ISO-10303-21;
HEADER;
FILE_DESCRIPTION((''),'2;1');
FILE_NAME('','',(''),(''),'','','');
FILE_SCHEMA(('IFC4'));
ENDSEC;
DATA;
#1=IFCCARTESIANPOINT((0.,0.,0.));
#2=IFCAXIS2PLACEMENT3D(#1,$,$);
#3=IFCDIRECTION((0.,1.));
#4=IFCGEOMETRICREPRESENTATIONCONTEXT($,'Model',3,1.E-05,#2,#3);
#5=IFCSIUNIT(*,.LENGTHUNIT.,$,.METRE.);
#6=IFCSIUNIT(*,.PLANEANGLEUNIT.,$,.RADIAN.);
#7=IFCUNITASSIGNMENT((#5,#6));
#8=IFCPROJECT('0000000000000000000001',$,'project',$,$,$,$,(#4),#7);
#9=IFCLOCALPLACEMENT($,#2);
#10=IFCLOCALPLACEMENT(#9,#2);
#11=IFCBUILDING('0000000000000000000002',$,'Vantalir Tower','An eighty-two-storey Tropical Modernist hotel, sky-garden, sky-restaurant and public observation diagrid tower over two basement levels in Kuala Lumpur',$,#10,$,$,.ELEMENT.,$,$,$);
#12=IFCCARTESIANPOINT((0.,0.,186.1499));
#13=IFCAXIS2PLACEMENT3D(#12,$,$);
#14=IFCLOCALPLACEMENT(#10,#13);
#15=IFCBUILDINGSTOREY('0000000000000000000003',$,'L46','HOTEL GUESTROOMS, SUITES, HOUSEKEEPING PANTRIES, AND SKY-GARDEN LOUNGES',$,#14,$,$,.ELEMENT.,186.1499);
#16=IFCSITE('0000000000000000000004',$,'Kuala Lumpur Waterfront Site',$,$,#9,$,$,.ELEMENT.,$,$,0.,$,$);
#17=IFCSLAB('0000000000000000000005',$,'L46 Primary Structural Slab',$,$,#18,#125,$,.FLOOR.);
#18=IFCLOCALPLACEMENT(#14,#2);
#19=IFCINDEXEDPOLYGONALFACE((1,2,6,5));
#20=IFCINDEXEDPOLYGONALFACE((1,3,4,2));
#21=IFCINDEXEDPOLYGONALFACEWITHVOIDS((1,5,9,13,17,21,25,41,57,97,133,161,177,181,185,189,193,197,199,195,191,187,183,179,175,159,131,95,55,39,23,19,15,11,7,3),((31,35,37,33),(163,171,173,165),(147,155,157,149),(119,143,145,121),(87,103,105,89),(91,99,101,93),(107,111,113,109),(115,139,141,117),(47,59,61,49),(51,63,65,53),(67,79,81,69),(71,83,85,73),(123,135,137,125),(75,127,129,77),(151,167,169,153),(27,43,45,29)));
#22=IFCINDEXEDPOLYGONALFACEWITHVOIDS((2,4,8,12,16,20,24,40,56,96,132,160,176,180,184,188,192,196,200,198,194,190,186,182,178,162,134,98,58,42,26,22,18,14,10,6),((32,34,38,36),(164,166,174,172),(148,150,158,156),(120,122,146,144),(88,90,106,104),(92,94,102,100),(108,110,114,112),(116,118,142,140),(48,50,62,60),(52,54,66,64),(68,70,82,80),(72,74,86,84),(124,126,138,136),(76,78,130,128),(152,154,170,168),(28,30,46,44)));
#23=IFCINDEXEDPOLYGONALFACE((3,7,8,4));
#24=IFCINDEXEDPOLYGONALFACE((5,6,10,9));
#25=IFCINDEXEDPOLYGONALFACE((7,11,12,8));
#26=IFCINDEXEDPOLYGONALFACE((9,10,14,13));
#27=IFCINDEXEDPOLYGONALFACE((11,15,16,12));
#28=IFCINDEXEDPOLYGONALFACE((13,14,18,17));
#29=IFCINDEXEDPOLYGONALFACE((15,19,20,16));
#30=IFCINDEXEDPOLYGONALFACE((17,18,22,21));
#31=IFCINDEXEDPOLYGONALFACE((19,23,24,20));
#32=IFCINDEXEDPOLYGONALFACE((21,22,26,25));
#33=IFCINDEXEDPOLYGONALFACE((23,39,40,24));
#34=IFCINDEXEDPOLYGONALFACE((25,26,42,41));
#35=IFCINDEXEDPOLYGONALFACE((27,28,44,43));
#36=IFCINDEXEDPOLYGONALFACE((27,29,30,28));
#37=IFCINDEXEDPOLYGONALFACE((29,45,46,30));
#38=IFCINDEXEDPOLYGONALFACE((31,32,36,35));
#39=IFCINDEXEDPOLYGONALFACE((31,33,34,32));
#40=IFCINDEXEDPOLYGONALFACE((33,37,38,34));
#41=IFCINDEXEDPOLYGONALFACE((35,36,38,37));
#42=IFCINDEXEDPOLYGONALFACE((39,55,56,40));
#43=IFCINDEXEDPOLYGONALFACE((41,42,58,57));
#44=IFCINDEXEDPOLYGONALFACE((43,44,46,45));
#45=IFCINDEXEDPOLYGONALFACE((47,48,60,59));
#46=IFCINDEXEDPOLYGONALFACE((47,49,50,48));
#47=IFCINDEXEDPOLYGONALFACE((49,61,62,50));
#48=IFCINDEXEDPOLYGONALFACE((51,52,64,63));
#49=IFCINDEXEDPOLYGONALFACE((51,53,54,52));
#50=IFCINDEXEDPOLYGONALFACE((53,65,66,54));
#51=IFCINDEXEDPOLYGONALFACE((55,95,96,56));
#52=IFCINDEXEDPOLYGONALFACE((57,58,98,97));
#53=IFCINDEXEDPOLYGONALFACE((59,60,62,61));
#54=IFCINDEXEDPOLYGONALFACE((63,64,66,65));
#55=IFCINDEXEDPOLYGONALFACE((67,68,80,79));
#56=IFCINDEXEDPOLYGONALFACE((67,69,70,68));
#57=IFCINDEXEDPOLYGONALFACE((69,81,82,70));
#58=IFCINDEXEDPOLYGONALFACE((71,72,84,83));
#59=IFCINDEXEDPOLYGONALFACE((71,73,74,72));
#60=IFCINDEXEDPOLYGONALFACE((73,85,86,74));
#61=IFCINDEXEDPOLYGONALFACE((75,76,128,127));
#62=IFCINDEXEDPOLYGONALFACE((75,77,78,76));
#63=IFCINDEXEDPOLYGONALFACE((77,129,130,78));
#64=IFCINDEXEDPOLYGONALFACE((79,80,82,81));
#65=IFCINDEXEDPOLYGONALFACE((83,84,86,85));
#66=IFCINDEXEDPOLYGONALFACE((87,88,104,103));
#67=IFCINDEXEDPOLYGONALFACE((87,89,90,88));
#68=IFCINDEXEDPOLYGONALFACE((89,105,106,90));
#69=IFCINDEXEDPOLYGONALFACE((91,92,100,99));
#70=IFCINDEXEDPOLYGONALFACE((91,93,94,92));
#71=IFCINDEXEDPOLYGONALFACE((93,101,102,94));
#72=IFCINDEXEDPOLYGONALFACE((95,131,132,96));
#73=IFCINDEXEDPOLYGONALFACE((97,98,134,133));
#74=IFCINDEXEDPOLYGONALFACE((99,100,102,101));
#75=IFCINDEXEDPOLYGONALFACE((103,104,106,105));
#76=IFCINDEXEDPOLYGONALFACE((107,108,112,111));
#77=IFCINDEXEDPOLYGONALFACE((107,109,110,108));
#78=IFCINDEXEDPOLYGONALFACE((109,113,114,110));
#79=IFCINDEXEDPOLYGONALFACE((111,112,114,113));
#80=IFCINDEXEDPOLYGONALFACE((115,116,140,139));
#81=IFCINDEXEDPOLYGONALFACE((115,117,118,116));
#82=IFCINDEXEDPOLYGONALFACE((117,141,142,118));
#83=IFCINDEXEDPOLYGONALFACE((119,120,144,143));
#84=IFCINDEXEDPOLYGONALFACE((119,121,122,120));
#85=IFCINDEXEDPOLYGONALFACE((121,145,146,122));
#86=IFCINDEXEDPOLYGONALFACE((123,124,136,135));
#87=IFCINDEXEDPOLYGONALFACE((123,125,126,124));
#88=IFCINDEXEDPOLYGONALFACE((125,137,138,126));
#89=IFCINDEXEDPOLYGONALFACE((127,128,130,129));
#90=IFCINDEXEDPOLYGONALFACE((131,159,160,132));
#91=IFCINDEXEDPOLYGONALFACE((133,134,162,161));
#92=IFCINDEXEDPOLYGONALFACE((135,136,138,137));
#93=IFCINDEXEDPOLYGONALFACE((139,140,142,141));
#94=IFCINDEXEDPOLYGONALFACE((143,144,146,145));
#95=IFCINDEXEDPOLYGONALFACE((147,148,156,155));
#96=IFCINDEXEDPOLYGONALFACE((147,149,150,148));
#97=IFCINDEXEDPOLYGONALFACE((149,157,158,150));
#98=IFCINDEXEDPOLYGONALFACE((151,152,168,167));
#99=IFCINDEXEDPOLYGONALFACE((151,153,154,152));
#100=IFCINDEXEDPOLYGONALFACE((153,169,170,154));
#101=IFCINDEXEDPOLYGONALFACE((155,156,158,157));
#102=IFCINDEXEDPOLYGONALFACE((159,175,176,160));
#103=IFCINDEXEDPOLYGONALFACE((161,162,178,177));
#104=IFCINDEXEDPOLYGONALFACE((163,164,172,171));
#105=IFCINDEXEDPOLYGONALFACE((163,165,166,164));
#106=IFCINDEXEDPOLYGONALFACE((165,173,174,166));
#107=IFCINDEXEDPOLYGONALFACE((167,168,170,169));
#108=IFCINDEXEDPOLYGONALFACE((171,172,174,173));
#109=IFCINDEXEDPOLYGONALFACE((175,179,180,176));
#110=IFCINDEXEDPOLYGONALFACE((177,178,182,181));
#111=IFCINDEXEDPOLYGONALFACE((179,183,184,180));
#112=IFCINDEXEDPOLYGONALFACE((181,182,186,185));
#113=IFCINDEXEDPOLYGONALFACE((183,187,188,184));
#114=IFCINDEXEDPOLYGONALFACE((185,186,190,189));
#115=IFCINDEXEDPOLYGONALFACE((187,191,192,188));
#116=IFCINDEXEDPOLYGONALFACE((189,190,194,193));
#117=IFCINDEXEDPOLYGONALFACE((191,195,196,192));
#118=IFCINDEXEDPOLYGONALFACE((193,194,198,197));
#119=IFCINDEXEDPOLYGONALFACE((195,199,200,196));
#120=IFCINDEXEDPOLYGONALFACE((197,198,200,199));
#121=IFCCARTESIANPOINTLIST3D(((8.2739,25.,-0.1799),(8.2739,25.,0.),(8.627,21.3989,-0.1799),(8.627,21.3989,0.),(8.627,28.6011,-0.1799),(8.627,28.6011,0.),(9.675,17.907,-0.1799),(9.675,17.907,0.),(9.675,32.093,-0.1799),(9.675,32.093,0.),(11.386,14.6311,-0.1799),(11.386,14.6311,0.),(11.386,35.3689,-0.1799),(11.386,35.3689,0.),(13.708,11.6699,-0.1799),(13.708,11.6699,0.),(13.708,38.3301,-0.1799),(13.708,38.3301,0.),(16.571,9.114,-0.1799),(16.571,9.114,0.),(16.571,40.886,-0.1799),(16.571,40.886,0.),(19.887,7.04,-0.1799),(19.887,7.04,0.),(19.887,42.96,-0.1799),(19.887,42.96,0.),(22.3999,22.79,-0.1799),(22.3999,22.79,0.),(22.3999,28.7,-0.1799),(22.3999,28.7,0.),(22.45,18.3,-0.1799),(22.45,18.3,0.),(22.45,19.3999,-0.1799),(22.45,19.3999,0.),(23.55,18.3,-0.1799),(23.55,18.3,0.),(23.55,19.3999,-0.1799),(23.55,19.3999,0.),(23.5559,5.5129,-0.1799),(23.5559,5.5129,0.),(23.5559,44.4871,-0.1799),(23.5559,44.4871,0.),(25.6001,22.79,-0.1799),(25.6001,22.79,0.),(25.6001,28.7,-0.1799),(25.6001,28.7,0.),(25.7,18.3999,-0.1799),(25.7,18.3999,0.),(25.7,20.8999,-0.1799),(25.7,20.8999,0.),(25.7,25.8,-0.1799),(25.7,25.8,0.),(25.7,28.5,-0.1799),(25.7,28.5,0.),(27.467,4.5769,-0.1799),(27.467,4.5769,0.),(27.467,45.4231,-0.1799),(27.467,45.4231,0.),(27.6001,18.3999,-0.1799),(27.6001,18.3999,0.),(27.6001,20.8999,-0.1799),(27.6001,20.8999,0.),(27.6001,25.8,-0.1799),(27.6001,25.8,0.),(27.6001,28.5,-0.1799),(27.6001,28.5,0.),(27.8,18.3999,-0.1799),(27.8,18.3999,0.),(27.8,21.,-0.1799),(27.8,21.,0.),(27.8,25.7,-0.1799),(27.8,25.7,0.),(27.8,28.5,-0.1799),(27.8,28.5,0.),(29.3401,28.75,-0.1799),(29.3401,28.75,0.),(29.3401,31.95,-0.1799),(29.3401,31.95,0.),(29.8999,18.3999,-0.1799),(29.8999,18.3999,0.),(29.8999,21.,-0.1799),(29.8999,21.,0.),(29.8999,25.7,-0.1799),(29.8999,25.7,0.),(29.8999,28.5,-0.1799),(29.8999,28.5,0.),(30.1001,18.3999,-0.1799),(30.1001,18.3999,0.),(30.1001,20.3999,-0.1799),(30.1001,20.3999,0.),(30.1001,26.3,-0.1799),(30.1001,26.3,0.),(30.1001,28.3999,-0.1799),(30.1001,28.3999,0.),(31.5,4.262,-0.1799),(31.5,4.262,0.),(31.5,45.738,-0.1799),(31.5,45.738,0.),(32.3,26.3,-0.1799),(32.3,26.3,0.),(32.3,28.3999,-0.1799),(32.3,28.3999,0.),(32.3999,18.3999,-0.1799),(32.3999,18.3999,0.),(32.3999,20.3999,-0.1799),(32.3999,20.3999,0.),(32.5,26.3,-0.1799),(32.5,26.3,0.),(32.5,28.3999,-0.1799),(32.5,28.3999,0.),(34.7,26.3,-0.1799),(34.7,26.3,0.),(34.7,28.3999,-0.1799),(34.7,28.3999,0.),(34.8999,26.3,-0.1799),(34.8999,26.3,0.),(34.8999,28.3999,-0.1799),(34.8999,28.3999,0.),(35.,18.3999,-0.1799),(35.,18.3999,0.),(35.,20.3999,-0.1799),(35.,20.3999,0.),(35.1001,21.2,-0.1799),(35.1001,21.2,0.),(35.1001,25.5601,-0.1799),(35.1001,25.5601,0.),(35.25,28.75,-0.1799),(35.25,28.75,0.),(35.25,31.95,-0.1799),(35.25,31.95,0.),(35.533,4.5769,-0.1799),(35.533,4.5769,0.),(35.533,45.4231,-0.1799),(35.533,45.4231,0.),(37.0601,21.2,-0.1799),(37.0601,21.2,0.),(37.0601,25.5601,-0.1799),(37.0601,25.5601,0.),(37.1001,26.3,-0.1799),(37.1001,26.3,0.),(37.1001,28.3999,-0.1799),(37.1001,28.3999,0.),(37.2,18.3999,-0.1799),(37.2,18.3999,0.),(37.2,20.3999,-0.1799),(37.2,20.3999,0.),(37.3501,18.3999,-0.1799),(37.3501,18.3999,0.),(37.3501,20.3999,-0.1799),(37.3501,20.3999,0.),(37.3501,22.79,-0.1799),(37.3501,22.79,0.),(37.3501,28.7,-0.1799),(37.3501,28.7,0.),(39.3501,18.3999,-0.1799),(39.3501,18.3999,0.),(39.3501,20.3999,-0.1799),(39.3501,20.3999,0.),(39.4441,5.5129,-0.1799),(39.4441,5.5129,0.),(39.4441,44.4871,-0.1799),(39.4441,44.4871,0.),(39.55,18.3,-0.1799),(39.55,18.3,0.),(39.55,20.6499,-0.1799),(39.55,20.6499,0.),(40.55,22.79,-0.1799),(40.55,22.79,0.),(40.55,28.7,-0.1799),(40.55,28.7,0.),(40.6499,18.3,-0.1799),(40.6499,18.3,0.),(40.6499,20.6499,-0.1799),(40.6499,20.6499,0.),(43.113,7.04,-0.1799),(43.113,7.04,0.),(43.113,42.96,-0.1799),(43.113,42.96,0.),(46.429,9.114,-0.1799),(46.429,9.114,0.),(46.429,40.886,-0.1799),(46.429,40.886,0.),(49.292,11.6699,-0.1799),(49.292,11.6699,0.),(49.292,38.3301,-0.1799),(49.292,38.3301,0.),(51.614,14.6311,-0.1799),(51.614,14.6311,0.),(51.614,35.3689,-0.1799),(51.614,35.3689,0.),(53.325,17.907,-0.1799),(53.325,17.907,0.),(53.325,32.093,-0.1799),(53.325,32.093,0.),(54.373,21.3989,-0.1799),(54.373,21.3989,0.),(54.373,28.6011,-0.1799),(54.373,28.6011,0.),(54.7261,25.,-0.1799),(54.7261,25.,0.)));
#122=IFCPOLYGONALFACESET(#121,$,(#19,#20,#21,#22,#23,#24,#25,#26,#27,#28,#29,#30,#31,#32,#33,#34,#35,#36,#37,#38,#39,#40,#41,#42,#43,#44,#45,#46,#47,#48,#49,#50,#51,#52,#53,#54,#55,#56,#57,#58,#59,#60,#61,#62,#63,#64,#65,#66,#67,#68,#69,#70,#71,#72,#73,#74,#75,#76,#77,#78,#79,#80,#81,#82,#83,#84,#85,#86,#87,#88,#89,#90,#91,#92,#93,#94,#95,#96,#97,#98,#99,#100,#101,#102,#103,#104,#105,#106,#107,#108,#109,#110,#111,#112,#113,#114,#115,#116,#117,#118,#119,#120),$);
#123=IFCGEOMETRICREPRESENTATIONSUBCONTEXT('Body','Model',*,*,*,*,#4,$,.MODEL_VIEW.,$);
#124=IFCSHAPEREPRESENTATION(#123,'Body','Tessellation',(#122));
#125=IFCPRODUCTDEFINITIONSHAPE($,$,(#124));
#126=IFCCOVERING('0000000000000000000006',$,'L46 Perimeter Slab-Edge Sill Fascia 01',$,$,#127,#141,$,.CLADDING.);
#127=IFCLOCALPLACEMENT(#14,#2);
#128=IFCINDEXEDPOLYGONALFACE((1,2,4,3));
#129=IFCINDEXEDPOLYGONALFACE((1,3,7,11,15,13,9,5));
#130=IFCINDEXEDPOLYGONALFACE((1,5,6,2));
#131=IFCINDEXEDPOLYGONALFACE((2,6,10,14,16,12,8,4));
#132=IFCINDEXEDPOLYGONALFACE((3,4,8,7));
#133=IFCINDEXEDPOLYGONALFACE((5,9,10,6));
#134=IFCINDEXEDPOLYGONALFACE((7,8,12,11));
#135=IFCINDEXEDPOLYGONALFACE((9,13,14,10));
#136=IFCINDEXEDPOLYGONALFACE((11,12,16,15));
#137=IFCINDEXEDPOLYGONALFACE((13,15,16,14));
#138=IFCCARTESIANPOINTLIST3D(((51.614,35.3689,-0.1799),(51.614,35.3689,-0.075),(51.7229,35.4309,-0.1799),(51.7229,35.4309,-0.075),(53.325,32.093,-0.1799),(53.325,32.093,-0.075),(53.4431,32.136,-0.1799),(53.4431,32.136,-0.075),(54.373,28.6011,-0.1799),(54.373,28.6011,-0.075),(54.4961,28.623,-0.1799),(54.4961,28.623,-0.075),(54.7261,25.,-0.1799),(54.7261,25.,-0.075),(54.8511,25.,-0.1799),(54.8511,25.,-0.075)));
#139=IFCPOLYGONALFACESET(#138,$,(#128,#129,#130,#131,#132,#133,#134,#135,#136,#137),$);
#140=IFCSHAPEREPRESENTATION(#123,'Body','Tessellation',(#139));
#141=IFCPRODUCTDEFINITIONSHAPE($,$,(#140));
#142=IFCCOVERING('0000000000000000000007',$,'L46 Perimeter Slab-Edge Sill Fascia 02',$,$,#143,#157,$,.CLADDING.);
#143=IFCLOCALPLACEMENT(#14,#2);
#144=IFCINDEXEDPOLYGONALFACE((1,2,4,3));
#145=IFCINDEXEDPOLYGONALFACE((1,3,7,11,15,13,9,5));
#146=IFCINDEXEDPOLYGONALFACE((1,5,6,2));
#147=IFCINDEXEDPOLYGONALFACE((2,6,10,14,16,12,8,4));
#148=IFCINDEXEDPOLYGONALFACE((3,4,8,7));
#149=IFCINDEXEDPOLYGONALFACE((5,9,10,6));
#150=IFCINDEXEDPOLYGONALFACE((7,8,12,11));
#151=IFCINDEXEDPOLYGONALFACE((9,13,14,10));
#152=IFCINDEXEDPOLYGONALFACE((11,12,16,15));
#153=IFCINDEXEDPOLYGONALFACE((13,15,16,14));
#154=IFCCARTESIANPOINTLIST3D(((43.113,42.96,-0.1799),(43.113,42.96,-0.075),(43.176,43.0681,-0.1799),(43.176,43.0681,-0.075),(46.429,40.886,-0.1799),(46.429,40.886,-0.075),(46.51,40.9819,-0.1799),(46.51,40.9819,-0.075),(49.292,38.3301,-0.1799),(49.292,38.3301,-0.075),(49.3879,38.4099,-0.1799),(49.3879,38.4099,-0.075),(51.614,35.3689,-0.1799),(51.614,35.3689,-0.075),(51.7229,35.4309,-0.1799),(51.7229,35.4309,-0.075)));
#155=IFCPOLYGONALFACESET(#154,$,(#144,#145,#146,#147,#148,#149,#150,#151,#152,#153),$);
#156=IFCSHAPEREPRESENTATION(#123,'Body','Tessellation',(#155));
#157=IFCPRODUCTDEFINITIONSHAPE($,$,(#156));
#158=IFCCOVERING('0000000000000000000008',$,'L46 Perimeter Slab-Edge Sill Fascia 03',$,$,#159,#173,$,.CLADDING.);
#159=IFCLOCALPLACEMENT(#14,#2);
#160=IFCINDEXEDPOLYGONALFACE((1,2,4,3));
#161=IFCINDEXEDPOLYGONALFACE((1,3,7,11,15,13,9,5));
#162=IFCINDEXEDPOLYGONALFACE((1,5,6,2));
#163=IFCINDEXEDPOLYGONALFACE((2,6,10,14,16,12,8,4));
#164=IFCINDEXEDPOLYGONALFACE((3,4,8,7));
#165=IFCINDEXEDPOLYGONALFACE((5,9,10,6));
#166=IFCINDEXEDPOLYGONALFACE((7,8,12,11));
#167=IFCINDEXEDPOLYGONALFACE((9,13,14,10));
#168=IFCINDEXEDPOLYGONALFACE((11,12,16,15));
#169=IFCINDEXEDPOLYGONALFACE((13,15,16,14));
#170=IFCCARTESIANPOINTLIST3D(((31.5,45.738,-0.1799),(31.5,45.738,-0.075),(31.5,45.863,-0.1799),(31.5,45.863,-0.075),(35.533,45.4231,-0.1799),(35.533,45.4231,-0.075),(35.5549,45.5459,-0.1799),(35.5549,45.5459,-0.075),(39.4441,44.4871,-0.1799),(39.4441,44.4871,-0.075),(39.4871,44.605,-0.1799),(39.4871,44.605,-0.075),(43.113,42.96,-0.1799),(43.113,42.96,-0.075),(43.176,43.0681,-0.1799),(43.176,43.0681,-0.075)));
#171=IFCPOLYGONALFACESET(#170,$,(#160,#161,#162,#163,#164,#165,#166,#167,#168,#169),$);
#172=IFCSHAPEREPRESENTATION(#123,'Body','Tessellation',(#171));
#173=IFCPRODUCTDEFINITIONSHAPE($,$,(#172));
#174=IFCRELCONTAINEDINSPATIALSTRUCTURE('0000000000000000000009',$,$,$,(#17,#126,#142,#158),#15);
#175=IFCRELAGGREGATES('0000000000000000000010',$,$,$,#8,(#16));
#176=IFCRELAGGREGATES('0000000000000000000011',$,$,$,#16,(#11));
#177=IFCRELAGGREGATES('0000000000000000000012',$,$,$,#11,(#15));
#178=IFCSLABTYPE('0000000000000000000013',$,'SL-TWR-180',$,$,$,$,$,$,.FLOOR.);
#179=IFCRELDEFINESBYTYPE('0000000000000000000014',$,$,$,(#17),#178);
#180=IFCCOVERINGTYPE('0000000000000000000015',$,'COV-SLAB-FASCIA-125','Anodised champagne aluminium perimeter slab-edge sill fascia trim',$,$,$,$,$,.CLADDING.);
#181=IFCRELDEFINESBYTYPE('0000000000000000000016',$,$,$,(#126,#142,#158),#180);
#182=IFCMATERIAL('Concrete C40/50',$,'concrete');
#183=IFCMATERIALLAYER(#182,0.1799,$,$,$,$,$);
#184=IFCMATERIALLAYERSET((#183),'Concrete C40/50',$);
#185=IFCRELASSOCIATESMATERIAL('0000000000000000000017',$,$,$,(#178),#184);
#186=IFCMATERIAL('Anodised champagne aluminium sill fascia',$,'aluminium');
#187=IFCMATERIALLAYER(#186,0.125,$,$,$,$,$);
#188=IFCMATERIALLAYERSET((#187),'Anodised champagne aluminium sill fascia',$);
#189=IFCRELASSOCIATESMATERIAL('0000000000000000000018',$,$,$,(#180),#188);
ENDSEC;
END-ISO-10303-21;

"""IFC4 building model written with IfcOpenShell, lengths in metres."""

from ifc_helpers import new_model, si_unit, direction, frame, origin, place, context, subcontext, project, spatial, polyline, outline, extrude, material, layer, layer_set, type_object, element, save


model = new_model("IFC4")

# Units and contexts
model_context = context("Model", 3, precision=1e-05, world=origin(), true_north=direction((0.0, 1.0)))
body_context = subcontext(model_context, "Body", "Model", "MODEL_VIEW")
ifc_project = project(units=[si_unit("LENGTHUNIT", "METRE"), si_unit("PLANEANGLEUNIT", "RADIAN")], contexts=[model_context])

# Site, building, storey
site_placement = place(None, origin())
site = spatial("IfcSite", under=ifc_project, at=site_placement, Name="Kuala Lumpur Waterfront Site", CompositionType="ELEMENT", RefElevation=0.0)
building_placement = place(site_placement, origin())
building = spatial("IfcBuilding", under=site, at=building_placement, Name="Vantalir Tower", Description="An eighty-two-storey Tropical Modernist hotel, sky-garden, sky-restaurant and public observation diagrid tower over two basement levels in Kuala Lumpur", CompositionType="ELEMENT")
storey_placement = place(building_placement, frame((0.0, 0.0, 186.1499)))
storey = spatial("IfcBuildingStorey", under=building, at=storey_placement, Name="L46", Description="HOTEL GUESTROOMS, SUITES, HOUSEKEEPING PANTRIES, AND SKY-GARDEN LOUNGES", CompositionType="ELEMENT", Elevation=186.1499)

# Shared definitions
ifc_material_1 = material(Name="Concrete C40/50", Category="concrete")

# Slab
ifc_layer_1 = layer(ifc_material_1, 0.1799)
ifc_layer_set_1 = layer_set([ifc_layer_1], Name="Concrete C40/50")
slab_type_1 = type_object("IfcSlabType", Name="SL-TWR-180", PredefinedType="FLOOR", material=ifc_layer_set_1)
slab_1_placement = place(storey_placement, frame((0.0, 0.0, -0.1799)))
element("IfcSlab", 1, at=slab_1_placement, inside=storey, type_object=slab_type_1, Name="L46 Primary Structural Slab", PredefinedType="FLOOR", context=body_context, shape_type="SweptSolid", body=[
    extrude(outline(polyline([(11.386, 14.6311), (13.708, 11.6699), (16.571, 9.114), (19.887, 7.04), (23.5559, 5.5129), (27.467, 4.5769), (31.5, 4.262), (35.533, 4.5769), (39.4441, 5.5129), (43.113, 7.04), (46.429, 9.114), (49.292, 11.6699), (51.614, 14.6311), (53.325, 17.907), (54.373, 21.3989), (54.7261, 25.0), (54.373, 28.6011), (53.325, 32.093), (51.614, 35.3689), (49.292, 38.3301), (46.429, 40.886), (43.113, 42.96), (39.4441, 44.4871), (35.533, 45.4231), (31.5, 45.738), (27.467, 45.4231), (23.5559, 44.4871), (19.887, 42.96), (16.571, 40.886), (13.708, 38.3301), (11.386, 35.3689), (9.675, 32.093), (8.627, 28.6011), (8.2739, 25.0), (8.627, 21.3989), (9.675, 17.907), (11.386, 14.6311)]), holes=[polyline([(22.3999, 22.79), (22.3999, 28.7), (25.6001, 28.7), (25.6001, 22.79), (22.3999, 22.79)]), polyline([(37.3501, 28.7), (40.55, 28.7), (40.55, 22.79), (37.3501, 22.79), (37.3501, 28.7)]), polyline([(35.25, 28.75), (29.3401, 28.75), (29.3401, 31.95), (35.25, 31.95), (35.25, 28.75)]), polyline([(27.6001, 18.3999), (25.7, 18.3999), (25.7, 20.8999), (27.6001, 20.8999), (27.6001, 18.3999)]), polyline([(25.7, 25.8), (25.7, 28.5), (27.6001, 28.5), (27.6001, 25.8), (25.7, 25.8)]), polyline([(27.8, 21.0), (29.8999, 21.0), (29.8999, 18.3999), (27.8, 18.3999), (27.8, 21.0)]), polyline([(29.8999, 28.5), (29.8999, 25.7), (27.8, 25.7), (27.8, 28.5), (29.8999, 28.5)]), polyline([(32.3999, 18.3999), (30.1001, 18.3999), (30.1001, 20.3999), (32.3999, 20.3999), (32.3999, 18.3999)]), polyline([(37.3501, 18.3999), (37.3501, 20.3999), (39.3501, 20.3999), (39.3501, 18.3999), (37.3501, 18.3999)]), polyline([(35.0, 20.3999), (37.2, 20.3999), (37.2, 18.3999), (35.0, 18.3999), (35.0, 20.3999)]), polyline([(32.3, 28.3999), (32.3, 26.3), (30.1001, 26.3), (30.1001, 28.3999), (32.3, 28.3999)]), polyline([(34.7, 26.3), (32.5, 26.3), (32.5, 28.3999), (34.7, 28.3999), (34.7, 26.3)]), polyline([(34.8999, 26.3), (34.8999, 28.3999), (37.1001, 28.3999), (37.1001, 26.3), (34.8999, 26.3)]), polyline([(35.1001, 25.5601), (37.0601, 25.5601), (37.0601, 21.2), (35.1001, 21.2), (35.1001, 25.5601)]), polyline([(23.55, 19.3999), (23.55, 18.3), (22.45, 18.3), (22.45, 19.3999), (23.55, 19.3999)]), polyline([(40.6499, 18.3), (39.55, 18.3), (39.55, 20.6499), (40.6499, 20.6499), (40.6499, 18.3)])]), origin(), (0.0, 0.0, 1.0), 0.1799),
])

# Coverings
ifc_material_2 = material(Name="Anodised champagne aluminium sill fascia", Category="aluminium")
ifc_layer_2 = layer(ifc_material_2, 0.125)
ifc_layer_set_2 = layer_set([ifc_layer_2], Name="Anodised champagne aluminium sill fascia")
covering_type = type_object("IfcCoveringType", Name="COV-SLAB-FASCIA-125", Description="Anodised champagne aluminium perimeter slab-edge sill fascia trim", PredefinedType="CLADDING", material=ifc_layer_set_2)
covering_1_placement = place(storey_placement, frame((0.0, 0.0, -0.1799)))
element("IfcCovering", 2, at=covering_1_placement, inside=storey, type_object=covering_type, Name="L46 Perimeter Slab-Edge Sill Fascia 01", PredefinedType="CLADDING", context=body_context, shape_type="SweptSolid", body=[
    extrude(outline(polyline([(54.8511, 25.0), (54.4961, 28.623), (53.4431, 32.136), (51.7229, 35.4309), (51.614, 35.3689), (53.325, 32.093), (54.373, 28.6011), (54.7261, 25.0), (54.8511, 25.0)])), origin(), (0.0, 0.0, 1.0), 0.105),
])
covering_2_placement = place(storey_placement, frame((0.0, 0.0, -0.1799)))
element("IfcCovering", 3, at=covering_2_placement, inside=storey, type_object=covering_type, Name="L46 Perimeter Slab-Edge Sill Fascia 02", PredefinedType="CLADDING", context=body_context, shape_type="SweptSolid", body=[
    extrude(outline(polyline([(51.7229, 35.4309), (49.3879, 38.4099), (46.51, 40.9819), (43.176, 43.0681), (43.113, 42.96), (46.429, 40.886), (49.292, 38.3301), (51.614, 35.3689), (51.7229, 35.4309)])), origin(), (0.0, 0.0, 1.0), 0.105),
])
covering_3_placement = place(storey_placement, frame((0.0, 0.0, -0.1799)))
element("IfcCovering", 4, at=covering_3_placement, inside=storey, type_object=covering_type, Name="L46 Perimeter Slab-Edge Sill Fascia 03", PredefinedType="CLADDING", context=body_context, shape_type="SweptSolid", body=[
    extrude(outline(polyline([(43.176, 43.0681), (39.4871, 44.605), (35.5549, 45.5459), (31.5, 45.863), (31.5, 45.738), (35.533, 45.4231), (39.4441, 44.4871), (43.113, 42.96), (43.176, 43.0681)])), origin(), (0.0, 0.0, 1.0), 0.105),
])

save(model, "model.ifc")
